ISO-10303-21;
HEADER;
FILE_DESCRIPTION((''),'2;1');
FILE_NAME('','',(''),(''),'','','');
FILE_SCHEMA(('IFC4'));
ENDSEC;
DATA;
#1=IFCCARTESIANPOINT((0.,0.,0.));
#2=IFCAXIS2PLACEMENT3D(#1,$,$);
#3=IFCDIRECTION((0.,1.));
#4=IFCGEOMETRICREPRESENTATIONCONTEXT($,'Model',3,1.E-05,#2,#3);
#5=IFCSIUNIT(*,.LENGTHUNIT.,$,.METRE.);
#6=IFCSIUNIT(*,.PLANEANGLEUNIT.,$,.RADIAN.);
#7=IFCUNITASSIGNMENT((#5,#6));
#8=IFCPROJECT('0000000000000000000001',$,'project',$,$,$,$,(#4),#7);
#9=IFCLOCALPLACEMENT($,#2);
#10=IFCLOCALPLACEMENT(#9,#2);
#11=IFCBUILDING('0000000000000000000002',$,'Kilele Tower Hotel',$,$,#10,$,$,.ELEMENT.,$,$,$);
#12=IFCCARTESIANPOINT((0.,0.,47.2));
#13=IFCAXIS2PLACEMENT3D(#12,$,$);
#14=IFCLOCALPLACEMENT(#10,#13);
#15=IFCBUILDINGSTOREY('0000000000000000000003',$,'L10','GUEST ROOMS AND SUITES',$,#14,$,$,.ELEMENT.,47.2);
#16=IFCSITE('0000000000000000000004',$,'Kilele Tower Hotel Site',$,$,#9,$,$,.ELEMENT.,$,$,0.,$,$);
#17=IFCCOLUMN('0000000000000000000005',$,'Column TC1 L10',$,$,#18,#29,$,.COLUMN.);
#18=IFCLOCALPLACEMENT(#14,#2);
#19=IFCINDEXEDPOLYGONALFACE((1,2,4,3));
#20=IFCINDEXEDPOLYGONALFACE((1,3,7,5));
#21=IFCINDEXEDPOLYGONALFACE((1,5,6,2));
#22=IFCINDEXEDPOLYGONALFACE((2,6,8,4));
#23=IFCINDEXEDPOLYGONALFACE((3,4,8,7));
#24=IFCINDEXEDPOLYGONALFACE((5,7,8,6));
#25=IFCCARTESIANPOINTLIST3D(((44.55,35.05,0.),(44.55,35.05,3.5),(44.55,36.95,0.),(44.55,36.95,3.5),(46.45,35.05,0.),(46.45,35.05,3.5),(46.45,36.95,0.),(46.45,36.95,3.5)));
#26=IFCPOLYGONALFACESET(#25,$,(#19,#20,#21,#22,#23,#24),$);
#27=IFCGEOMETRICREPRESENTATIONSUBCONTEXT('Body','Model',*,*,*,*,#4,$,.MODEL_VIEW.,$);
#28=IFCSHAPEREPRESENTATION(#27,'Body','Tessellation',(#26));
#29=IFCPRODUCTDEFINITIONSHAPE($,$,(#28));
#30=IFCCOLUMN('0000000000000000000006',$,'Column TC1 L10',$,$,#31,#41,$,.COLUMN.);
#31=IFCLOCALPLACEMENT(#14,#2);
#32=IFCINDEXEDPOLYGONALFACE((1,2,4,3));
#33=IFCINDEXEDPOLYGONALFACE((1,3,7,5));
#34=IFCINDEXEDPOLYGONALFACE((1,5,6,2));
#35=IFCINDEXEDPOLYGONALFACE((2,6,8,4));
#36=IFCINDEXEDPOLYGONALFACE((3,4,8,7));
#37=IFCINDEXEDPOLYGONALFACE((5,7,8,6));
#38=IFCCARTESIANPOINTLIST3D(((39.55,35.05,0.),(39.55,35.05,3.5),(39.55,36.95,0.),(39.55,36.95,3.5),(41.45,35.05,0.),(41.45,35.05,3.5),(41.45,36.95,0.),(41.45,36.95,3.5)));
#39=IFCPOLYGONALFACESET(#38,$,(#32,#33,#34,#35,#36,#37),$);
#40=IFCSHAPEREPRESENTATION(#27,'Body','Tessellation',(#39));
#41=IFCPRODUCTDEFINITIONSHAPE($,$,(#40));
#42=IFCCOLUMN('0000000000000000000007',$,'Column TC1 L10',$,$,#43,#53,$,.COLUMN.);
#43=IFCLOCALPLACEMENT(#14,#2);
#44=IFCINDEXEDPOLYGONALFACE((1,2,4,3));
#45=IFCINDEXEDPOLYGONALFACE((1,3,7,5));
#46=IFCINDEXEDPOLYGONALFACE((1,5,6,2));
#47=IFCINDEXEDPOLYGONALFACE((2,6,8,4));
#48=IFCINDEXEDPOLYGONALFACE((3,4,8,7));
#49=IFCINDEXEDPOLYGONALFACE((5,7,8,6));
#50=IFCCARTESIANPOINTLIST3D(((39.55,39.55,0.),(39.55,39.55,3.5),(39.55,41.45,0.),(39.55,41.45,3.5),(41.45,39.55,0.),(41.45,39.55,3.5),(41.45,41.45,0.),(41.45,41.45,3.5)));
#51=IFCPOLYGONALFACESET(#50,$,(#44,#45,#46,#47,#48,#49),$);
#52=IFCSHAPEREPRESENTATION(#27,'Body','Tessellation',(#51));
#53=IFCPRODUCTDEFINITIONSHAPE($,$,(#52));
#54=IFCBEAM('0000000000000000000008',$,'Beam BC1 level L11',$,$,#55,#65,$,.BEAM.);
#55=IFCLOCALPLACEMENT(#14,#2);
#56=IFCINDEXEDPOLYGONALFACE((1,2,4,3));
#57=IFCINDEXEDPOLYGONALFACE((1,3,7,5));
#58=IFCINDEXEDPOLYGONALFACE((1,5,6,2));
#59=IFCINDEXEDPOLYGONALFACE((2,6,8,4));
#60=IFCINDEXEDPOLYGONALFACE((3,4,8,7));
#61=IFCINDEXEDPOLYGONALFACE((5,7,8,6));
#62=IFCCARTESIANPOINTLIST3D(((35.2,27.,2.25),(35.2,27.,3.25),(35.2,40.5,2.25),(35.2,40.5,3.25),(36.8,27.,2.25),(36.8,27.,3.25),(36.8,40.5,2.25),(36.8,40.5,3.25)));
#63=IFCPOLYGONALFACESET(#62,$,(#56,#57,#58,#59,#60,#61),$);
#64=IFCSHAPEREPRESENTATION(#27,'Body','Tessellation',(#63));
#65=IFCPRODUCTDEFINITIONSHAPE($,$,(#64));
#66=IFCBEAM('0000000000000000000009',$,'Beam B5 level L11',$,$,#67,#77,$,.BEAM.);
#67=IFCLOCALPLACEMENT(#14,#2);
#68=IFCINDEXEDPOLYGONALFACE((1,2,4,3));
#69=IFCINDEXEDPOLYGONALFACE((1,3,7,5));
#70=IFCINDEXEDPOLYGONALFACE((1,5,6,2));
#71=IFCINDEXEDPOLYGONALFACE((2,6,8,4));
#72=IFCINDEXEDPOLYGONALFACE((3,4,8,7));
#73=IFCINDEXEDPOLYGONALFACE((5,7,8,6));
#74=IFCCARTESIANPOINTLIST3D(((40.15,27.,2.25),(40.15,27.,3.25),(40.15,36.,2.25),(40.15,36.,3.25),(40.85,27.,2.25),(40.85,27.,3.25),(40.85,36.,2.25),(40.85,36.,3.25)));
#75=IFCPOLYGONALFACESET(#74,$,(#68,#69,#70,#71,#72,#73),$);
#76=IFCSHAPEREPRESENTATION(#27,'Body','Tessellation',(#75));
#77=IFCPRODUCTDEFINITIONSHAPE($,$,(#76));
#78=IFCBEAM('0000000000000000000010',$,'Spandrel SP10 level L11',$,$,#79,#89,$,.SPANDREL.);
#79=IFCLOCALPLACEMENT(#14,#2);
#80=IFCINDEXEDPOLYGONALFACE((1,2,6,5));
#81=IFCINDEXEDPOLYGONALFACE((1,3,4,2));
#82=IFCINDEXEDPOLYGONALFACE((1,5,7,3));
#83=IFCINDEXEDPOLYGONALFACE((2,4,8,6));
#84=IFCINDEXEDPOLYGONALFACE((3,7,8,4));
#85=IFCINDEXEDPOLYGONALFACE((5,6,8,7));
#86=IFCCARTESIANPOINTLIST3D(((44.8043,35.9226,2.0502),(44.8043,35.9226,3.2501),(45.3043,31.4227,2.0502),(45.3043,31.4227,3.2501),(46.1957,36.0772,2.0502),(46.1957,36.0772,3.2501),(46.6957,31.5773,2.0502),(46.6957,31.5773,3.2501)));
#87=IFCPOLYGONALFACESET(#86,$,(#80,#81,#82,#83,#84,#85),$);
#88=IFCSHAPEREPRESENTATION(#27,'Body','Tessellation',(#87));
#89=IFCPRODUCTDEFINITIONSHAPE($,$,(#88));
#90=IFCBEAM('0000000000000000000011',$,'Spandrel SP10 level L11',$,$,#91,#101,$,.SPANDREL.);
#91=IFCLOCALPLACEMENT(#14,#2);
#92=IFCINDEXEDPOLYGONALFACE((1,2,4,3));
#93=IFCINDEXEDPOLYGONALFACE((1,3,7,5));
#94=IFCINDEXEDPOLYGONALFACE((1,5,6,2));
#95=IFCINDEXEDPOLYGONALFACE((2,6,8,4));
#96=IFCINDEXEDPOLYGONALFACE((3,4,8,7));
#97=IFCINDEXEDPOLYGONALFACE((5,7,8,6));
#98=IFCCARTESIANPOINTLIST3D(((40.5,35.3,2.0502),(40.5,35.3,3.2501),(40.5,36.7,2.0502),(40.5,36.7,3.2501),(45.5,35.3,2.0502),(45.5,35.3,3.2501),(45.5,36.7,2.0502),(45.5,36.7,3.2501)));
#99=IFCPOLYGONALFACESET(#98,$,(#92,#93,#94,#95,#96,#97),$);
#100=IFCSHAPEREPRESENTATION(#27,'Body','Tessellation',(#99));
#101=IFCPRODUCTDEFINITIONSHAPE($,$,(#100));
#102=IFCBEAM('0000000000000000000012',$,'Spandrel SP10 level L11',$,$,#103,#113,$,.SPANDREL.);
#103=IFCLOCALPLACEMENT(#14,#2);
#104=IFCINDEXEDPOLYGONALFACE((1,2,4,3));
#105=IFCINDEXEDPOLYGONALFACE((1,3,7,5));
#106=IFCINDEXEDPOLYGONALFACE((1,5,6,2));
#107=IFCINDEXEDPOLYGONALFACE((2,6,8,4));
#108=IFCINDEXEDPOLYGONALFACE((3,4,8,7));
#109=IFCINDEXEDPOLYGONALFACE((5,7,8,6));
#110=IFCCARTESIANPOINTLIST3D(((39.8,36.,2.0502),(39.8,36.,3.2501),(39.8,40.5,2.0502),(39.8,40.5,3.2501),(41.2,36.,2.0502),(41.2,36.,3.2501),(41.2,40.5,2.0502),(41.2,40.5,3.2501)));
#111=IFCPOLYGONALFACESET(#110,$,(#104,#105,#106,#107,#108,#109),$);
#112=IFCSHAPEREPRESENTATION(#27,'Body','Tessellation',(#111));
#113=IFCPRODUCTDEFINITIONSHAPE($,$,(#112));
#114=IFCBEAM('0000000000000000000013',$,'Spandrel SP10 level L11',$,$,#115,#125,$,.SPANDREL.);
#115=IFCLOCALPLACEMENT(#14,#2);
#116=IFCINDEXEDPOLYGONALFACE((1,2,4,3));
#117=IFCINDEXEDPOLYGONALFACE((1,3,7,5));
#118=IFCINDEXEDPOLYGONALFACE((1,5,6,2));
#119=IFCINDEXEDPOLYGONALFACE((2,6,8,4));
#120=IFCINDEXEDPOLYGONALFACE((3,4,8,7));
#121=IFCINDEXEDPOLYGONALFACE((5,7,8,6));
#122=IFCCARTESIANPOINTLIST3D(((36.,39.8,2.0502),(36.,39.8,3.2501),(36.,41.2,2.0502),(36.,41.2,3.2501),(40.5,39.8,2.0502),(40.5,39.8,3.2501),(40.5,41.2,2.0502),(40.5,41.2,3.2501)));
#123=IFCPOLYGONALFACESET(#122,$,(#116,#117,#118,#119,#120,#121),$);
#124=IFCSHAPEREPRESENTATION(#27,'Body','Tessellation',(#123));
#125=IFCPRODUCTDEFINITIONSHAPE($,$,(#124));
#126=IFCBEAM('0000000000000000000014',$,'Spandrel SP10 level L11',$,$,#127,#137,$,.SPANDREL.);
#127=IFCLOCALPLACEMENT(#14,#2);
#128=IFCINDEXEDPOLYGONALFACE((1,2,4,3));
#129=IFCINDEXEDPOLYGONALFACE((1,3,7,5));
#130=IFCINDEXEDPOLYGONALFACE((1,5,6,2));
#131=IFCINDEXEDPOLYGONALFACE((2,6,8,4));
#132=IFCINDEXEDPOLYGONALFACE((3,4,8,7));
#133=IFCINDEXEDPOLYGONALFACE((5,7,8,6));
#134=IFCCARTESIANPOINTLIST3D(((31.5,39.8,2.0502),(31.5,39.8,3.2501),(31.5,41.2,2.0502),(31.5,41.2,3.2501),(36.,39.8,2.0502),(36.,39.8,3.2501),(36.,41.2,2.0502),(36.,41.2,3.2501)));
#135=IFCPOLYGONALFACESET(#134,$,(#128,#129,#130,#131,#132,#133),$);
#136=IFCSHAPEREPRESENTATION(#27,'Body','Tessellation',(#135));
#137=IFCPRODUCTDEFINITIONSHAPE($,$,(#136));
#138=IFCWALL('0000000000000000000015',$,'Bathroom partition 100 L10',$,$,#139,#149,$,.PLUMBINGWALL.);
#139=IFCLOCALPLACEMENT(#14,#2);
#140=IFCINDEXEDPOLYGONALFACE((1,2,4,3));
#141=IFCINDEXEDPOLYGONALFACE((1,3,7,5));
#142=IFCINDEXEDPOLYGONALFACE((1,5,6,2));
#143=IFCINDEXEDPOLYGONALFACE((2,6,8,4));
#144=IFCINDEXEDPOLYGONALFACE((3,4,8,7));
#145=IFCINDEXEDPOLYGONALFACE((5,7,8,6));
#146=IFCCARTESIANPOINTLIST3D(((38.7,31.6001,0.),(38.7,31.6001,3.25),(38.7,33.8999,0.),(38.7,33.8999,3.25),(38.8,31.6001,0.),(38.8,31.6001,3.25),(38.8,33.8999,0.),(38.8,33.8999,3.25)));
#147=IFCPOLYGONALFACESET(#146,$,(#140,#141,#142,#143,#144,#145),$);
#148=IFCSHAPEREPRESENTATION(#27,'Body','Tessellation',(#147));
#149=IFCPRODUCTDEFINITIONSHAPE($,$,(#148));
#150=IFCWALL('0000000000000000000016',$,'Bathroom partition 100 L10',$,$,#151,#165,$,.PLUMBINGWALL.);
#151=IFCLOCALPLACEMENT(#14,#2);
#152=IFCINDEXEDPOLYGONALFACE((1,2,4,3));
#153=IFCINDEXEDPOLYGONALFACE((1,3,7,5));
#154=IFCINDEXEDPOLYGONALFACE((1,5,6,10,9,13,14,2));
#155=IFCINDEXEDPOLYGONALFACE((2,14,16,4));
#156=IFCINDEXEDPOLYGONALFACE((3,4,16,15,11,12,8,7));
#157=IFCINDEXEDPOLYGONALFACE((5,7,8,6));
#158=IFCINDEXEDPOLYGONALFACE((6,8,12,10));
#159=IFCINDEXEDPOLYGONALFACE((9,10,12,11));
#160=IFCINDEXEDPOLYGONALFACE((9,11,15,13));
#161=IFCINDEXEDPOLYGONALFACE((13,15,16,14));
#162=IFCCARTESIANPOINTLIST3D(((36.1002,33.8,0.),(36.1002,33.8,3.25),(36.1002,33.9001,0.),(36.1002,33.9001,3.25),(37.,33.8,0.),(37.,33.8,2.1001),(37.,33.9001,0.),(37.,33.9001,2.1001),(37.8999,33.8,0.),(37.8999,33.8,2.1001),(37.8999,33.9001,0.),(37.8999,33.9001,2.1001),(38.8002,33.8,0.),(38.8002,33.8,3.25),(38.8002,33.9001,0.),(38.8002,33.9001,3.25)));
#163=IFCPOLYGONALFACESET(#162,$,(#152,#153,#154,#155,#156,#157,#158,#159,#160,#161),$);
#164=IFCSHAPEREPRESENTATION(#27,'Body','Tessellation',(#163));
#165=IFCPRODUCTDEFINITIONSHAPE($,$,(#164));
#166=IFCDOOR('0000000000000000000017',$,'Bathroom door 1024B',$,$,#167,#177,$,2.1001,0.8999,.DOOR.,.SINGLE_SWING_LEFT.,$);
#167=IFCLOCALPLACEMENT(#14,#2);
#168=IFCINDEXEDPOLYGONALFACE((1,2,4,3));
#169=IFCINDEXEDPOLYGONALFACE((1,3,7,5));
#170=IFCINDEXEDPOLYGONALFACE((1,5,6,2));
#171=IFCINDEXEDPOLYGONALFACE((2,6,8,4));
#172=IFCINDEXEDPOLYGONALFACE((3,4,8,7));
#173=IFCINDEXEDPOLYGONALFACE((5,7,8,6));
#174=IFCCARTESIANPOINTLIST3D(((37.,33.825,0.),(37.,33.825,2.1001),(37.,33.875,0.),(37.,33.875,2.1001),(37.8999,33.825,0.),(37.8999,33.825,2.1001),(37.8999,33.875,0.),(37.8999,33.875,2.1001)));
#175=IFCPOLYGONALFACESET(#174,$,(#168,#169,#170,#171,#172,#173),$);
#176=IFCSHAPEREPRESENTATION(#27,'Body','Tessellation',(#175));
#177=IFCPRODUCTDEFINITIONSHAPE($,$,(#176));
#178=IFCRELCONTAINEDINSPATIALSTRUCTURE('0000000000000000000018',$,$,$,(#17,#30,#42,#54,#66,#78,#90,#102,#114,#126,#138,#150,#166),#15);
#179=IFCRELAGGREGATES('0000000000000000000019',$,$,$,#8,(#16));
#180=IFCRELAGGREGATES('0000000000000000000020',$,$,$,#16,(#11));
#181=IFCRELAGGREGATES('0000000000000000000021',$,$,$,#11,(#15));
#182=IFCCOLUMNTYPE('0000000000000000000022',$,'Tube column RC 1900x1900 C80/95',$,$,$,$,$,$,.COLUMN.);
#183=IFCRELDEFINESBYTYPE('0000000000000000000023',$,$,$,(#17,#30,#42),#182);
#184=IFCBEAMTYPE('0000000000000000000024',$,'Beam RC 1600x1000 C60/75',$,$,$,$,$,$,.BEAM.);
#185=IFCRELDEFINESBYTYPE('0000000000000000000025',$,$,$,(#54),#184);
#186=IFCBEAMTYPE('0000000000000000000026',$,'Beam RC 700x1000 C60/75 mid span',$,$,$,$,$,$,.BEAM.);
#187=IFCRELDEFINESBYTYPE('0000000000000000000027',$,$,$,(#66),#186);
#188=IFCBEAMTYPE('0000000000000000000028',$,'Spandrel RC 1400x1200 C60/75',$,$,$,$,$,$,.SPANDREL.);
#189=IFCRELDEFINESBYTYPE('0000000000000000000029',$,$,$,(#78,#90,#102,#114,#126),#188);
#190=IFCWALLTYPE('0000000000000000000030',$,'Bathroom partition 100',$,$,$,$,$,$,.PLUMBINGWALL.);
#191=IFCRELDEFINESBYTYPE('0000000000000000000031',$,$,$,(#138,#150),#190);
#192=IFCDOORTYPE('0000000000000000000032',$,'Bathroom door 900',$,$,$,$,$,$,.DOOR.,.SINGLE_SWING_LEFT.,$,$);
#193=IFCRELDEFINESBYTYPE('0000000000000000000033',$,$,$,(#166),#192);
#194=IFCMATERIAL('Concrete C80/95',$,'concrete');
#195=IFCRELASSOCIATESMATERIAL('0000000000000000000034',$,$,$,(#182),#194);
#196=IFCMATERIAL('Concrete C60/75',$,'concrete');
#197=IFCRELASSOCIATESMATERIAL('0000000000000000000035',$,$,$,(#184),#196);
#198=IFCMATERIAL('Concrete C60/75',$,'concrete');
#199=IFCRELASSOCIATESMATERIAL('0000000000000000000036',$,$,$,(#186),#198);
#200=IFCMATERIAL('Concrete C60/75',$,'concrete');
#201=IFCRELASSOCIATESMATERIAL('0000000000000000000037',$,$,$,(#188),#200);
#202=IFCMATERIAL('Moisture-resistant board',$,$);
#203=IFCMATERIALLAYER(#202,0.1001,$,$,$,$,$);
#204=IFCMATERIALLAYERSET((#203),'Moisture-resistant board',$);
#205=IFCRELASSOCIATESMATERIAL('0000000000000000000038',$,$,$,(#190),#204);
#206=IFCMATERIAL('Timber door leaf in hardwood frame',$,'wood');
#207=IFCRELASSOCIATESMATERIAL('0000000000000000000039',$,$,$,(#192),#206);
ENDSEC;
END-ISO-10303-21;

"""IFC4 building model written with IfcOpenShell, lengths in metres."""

from ifc_helpers import new_model, si_unit, direction, frame, frame_2d, origin, origin_2d, place, context, subcontext, project, spatial, rectangle, extrude, material, layer, layer_set, material_profile, profile_set, type_object, element, fill, save


model = new_model("IFC4")

# Units and contexts
model_context = context("Model", 3, precision=1e-05, world=origin(), true_north=direction((0.0, 1.0)))
body_context = subcontext(model_context, "Body", "Model", "MODEL_VIEW")
ifc_project = project(units=[si_unit("LENGTHUNIT", "METRE"), si_unit("PLANEANGLEUNIT", "RADIAN")], contexts=[model_context])

# Site, building, storey
site_placement = place(None, origin())
site = spatial("IfcSite", under=ifc_project, at=site_placement, Name="Kilele Tower Hotel Site", CompositionType="ELEMENT", RefElevation=0.0)
building_placement = place(site_placement, origin())
building = spatial("IfcBuilding", under=site, at=building_placement, Name="Kilele Tower Hotel", CompositionType="ELEMENT")
storey_placement = place(building_placement, frame((0.0, 0.0, 47.2)))
storey = spatial("IfcBuildingStorey", under=building, at=storey_placement, Name="L10", Description="GUEST ROOMS AND SUITES", CompositionType="ELEMENT", Elevation=47.2)

# Columns
ifc_material_1 = material(Name="Concrete C80/95", Category="concrete")
ifc_material_profile_1 = material_profile(ifc_material_1, rectangle(XDim=1.8999, YDim=1.8999, at=origin_2d()))
ifc_profile_set_1 = profile_set([ifc_material_profile_1], Name="Concrete C80/95")
column_type = type_object("IfcColumnType", Name="Tube column RC 1900x1900 C80/95", PredefinedType="COLUMN", material=ifc_profile_set_1)
for number, where, z_axis, x_axis, name in (
    (1, (45.5, 36.0, 0.0), (0.0, 0.0, 1.0), (1.0, 0.0, 0.0), "Column TC1 L10"),
    (2, (40.5, 36.0, 0.0), (0.0, 0.0, 1.0), (1.0, 0.0, 0.0), "Column TC1 L10"),
    (3, (40.5, 40.5, 0.0), (0.0, 0.0, 1.0), (1.0, 0.0, 0.0), "Column TC1 L10"),
):
    element("IfcColumn", number, at=place(storey_placement, frame(where, z_axis=z_axis, x_axis=x_axis)), inside=storey, type_object=column_type, Name=name, PredefinedType="COLUMN", context=body_context, shape_type="SweptSolid", body=[
        extrude(rectangle(XDim=1.8999, YDim=1.8999, at=origin_2d()), origin(), (0.0, 0.0, 1.0), 3.5),
    ])

# Beams
ifc_material_2 = material(Name="Concrete C60/75", Category="concrete")
ifc_material_profile_2 = material_profile(ifc_material_2, rectangle(XDim=1.6001, YDim=1.0, at=origin_2d()))
ifc_profile_set_2 = profile_set([ifc_material_profile_2], Name="Concrete C60/75")
beam_type_1 = type_object("IfcBeamType", Name="Beam RC 1600x1000 C60/75", PredefinedType="BEAM", material=ifc_profile_set_2)
beam_1_placement = place(storey_placement, frame((36.0, 40.5, 2.75), z_axis=(0.0, -1.0, 0.0), x_axis=(1.0, 0.0, 0.0)))
element("IfcBeam", 4, at=beam_1_placement, inside=storey, type_object=beam_type_1, Name="Beam BC1 level L11", PredefinedType="BEAM", context=body_context, shape_type="SweptSolid", body=[
    extrude(rectangle(XDim=1.6001, YDim=1.0, at=origin_2d()), origin(), (0.0, 0.0, 1.0), 13.5),
])
ifc_material_3 = material(Name="Concrete C60/75", Category="concrete")
ifc_material_profile_3 = material_profile(ifc_material_3, rectangle(XDim=0.7, YDim=1.0, at=origin_2d()))
ifc_profile_set_3 = profile_set([ifc_material_profile_3], Name="Concrete C60/75")
beam_type_2 = type_object("IfcBeamType", Name="Beam RC 700x1000 C60/75 mid span", PredefinedType="BEAM", material=ifc_profile_set_3)
beam_2_placement = place(storey_placement, frame((40.5, 36.0, 2.75), z_axis=(0.0, -1.0, 0.0), x_axis=(1.0, 0.0, 0.0)))
element("IfcBeam", 5, at=beam_2_placement, inside=storey, type_object=beam_type_2, Name="Beam B5 level L11", PredefinedType="BEAM", context=body_context, shape_type="SweptSolid", body=[
    extrude(rectangle(XDim=0.7, YDim=1.0, at=origin_2d()), origin(), (0.0, 0.0, 1.0), 9.0),
])
ifc_material_4 = material(Name="Concrete C60/75", Category="concrete")
ifc_material_profile_4 = material_profile(ifc_material_4, rectangle(XDim=1.3999, YDim=1.2, at=origin_2d()))
ifc_profile_set_4 = profile_set([ifc_material_profile_4], Name="Concrete C60/75")
beam_type_3 = type_object("IfcBeamType", Name="Spandrel RC 1400x1200 C60/75", PredefinedType="SPANDREL", material=ifc_profile_set_4)
beam_3_placement = place(storey_placement, frame((46.0, 31.5, 2.6501), z_axis=(-0.110432, 0.993884, 0.0), x_axis=(-0.993884, -0.110432, 0.0)))
element("IfcBeam", 6, at=beam_3_placement, inside=storey, type_object=beam_type_3, Name="Spandrel SP10 level L11", PredefinedType="SPANDREL", context=body_context, shape_type="SweptSolid", body=[
    extrude(rectangle(XDim=1.3999, YDim=1.2, at=origin_2d()), origin(), (0.0, 0.0, 1.0), 4.5276),
])
beam_4_placement = place(storey_placement, frame((45.5, 36.0, 2.6501), z_axis=(-1.0, 0.0, 0.0), x_axis=(0.0, -1.0, 0.0)))
element("IfcBeam", 7, at=beam_4_placement, inside=storey, type_object=beam_type_3, Name="Spandrel SP10 level L11", PredefinedType="SPANDREL", context=body_context, shape_type="SweptSolid", body=[
    extrude(rectangle(XDim=1.3999, YDim=1.2, at=origin_2d()), origin(), (0.0, 0.0, 1.0), 5.0),
])
for number, where, z_axis, x_axis, name in (
    (8, (40.5, 36.0, 2.6501), (0.0, 1.0, 0.0), (-1.0, 0.0, 0.0), "Spandrel SP10 level L11"),
    (9, (40.5, 40.5, 2.6501), (-1.0, 0.0, 0.0), (0.0, -1.0, 0.0), "Spandrel SP10 level L11"),
    (10, (36.0, 40.5, 2.6501), (-1.0, 0.0, 0.0), (0.0, -1.0, 0.0), "Spandrel SP10 level L11"),
):
    element("IfcBeam", number, at=place(storey_placement, frame(where, z_axis=z_axis, x_axis=x_axis)), inside=storey, type_object=beam_type_3, Name=name, PredefinedType="SPANDREL", context=body_context, shape_type="SweptSolid", body=[
        extrude(rectangle(XDim=1.3999, YDim=1.2, at=origin_2d()), origin(), (0.0, 0.0, 1.0), 4.5),
    ])

# Wall
ifc_material_5 = material(Name="Moisture-resistant board")
ifc_layer_1 = layer(ifc_material_5, 0.1001)
ifc_layer_set_1 = layer_set([ifc_layer_1], Name="Moisture-resistant board")
wall_type_1 = type_object("IfcWallType", Name="Bathroom partition 100", PredefinedType="PLUMBINGWALL", material=ifc_layer_set_1)
wall_1_placement = place(storey_placement, frame((38.75, 31.6001, 0.0), z_axis=(0.0, 0.0, 1.0), x_axis=(0.0, 1.0, 0.0)))
element("IfcWall", 11, at=wall_1_placement, inside=storey, type_object=wall_type_1, Name="Bathroom partition 100 L10", PredefinedType="PLUMBINGWALL", context=body_context, shape_type="SweptSolid", body=[
    extrude(rectangle(XDim=2.2998, YDim=0.1001, at=frame_2d((1.1499, 0.0))), origin(), (0.0, 0.0, 1.0), 3.25),
])

# Wall, opening, door
wall_2_placement = place(storey_placement, frame((36.1001, 33.8501, 0.0), z_axis=(0.0, 0.0, 1.0), x_axis=(1.0, 0.0, 0.0)))
wall_2 = element("IfcWall", 12, at=wall_2_placement, inside=storey, type_object=wall_type_1, Name="Bathroom partition 100 L10", PredefinedType="PLUMBINGWALL", context=body_context, shape_type="SweptSolid", body=[
    extrude(rectangle(XDim=2.7, YDim=0.1001, at=frame_2d((1.3501, 0.0))), origin(), (0.0, 0.0, 1.0), 3.25),
])
opening_1_placement = place(wall_2_placement, frame((0.8999, 0.0, 0.0)))
opening_1 = element("IfcOpeningElement", 13, at=opening_1_placement, cuts=wall_2, PredefinedType="OPENING", context=body_context, shape_type="SweptSolid", body=[
    extrude(rectangle(XDim=0.8999, YDim=2.1001, at=frame_2d((0.45, 1.05))), frame((0.0, 0.0601, 0.0), z_axis=(0.0, -1.0, 0.0), x_axis=(1.0, 0.0, 0.0)), (0.0, 0.0, 1.0), 0.1201),
])
ifc_material_6 = material(Name="Timber door leaf in hardwood frame", Category="wood")
door_type_1 = type_object("IfcDoorType", Name="Bathroom door 900", OperationType="SINGLE_SWING_LEFT", PredefinedType="DOOR", material=ifc_material_6)
door_1_placement = place(opening_1_placement, origin())
door_1 = element("IfcDoor", 14, at=door_1_placement, inside=storey, type_object=door_type_1, Name="Bathroom door 1024B", OperationType="SINGLE_SWING_LEFT", OverallHeight=2.1001, OverallWidth=0.8999, PredefinedType="DOOR", context=body_context, shape_type="SweptSolid", body=[
    extrude(rectangle(XDim=0.8999, YDim=2.1001, at=frame_2d((0.45, 1.05))), frame((0.0, 0.0249, 0.0), z_axis=(0.0, -1.0, 0.0), x_axis=(1.0, 0.0, 0.0)), (0.0, 0.0, 1.0), 0.05),
])
fill(opening_1, door_1)

save(model, "model.ifc")
